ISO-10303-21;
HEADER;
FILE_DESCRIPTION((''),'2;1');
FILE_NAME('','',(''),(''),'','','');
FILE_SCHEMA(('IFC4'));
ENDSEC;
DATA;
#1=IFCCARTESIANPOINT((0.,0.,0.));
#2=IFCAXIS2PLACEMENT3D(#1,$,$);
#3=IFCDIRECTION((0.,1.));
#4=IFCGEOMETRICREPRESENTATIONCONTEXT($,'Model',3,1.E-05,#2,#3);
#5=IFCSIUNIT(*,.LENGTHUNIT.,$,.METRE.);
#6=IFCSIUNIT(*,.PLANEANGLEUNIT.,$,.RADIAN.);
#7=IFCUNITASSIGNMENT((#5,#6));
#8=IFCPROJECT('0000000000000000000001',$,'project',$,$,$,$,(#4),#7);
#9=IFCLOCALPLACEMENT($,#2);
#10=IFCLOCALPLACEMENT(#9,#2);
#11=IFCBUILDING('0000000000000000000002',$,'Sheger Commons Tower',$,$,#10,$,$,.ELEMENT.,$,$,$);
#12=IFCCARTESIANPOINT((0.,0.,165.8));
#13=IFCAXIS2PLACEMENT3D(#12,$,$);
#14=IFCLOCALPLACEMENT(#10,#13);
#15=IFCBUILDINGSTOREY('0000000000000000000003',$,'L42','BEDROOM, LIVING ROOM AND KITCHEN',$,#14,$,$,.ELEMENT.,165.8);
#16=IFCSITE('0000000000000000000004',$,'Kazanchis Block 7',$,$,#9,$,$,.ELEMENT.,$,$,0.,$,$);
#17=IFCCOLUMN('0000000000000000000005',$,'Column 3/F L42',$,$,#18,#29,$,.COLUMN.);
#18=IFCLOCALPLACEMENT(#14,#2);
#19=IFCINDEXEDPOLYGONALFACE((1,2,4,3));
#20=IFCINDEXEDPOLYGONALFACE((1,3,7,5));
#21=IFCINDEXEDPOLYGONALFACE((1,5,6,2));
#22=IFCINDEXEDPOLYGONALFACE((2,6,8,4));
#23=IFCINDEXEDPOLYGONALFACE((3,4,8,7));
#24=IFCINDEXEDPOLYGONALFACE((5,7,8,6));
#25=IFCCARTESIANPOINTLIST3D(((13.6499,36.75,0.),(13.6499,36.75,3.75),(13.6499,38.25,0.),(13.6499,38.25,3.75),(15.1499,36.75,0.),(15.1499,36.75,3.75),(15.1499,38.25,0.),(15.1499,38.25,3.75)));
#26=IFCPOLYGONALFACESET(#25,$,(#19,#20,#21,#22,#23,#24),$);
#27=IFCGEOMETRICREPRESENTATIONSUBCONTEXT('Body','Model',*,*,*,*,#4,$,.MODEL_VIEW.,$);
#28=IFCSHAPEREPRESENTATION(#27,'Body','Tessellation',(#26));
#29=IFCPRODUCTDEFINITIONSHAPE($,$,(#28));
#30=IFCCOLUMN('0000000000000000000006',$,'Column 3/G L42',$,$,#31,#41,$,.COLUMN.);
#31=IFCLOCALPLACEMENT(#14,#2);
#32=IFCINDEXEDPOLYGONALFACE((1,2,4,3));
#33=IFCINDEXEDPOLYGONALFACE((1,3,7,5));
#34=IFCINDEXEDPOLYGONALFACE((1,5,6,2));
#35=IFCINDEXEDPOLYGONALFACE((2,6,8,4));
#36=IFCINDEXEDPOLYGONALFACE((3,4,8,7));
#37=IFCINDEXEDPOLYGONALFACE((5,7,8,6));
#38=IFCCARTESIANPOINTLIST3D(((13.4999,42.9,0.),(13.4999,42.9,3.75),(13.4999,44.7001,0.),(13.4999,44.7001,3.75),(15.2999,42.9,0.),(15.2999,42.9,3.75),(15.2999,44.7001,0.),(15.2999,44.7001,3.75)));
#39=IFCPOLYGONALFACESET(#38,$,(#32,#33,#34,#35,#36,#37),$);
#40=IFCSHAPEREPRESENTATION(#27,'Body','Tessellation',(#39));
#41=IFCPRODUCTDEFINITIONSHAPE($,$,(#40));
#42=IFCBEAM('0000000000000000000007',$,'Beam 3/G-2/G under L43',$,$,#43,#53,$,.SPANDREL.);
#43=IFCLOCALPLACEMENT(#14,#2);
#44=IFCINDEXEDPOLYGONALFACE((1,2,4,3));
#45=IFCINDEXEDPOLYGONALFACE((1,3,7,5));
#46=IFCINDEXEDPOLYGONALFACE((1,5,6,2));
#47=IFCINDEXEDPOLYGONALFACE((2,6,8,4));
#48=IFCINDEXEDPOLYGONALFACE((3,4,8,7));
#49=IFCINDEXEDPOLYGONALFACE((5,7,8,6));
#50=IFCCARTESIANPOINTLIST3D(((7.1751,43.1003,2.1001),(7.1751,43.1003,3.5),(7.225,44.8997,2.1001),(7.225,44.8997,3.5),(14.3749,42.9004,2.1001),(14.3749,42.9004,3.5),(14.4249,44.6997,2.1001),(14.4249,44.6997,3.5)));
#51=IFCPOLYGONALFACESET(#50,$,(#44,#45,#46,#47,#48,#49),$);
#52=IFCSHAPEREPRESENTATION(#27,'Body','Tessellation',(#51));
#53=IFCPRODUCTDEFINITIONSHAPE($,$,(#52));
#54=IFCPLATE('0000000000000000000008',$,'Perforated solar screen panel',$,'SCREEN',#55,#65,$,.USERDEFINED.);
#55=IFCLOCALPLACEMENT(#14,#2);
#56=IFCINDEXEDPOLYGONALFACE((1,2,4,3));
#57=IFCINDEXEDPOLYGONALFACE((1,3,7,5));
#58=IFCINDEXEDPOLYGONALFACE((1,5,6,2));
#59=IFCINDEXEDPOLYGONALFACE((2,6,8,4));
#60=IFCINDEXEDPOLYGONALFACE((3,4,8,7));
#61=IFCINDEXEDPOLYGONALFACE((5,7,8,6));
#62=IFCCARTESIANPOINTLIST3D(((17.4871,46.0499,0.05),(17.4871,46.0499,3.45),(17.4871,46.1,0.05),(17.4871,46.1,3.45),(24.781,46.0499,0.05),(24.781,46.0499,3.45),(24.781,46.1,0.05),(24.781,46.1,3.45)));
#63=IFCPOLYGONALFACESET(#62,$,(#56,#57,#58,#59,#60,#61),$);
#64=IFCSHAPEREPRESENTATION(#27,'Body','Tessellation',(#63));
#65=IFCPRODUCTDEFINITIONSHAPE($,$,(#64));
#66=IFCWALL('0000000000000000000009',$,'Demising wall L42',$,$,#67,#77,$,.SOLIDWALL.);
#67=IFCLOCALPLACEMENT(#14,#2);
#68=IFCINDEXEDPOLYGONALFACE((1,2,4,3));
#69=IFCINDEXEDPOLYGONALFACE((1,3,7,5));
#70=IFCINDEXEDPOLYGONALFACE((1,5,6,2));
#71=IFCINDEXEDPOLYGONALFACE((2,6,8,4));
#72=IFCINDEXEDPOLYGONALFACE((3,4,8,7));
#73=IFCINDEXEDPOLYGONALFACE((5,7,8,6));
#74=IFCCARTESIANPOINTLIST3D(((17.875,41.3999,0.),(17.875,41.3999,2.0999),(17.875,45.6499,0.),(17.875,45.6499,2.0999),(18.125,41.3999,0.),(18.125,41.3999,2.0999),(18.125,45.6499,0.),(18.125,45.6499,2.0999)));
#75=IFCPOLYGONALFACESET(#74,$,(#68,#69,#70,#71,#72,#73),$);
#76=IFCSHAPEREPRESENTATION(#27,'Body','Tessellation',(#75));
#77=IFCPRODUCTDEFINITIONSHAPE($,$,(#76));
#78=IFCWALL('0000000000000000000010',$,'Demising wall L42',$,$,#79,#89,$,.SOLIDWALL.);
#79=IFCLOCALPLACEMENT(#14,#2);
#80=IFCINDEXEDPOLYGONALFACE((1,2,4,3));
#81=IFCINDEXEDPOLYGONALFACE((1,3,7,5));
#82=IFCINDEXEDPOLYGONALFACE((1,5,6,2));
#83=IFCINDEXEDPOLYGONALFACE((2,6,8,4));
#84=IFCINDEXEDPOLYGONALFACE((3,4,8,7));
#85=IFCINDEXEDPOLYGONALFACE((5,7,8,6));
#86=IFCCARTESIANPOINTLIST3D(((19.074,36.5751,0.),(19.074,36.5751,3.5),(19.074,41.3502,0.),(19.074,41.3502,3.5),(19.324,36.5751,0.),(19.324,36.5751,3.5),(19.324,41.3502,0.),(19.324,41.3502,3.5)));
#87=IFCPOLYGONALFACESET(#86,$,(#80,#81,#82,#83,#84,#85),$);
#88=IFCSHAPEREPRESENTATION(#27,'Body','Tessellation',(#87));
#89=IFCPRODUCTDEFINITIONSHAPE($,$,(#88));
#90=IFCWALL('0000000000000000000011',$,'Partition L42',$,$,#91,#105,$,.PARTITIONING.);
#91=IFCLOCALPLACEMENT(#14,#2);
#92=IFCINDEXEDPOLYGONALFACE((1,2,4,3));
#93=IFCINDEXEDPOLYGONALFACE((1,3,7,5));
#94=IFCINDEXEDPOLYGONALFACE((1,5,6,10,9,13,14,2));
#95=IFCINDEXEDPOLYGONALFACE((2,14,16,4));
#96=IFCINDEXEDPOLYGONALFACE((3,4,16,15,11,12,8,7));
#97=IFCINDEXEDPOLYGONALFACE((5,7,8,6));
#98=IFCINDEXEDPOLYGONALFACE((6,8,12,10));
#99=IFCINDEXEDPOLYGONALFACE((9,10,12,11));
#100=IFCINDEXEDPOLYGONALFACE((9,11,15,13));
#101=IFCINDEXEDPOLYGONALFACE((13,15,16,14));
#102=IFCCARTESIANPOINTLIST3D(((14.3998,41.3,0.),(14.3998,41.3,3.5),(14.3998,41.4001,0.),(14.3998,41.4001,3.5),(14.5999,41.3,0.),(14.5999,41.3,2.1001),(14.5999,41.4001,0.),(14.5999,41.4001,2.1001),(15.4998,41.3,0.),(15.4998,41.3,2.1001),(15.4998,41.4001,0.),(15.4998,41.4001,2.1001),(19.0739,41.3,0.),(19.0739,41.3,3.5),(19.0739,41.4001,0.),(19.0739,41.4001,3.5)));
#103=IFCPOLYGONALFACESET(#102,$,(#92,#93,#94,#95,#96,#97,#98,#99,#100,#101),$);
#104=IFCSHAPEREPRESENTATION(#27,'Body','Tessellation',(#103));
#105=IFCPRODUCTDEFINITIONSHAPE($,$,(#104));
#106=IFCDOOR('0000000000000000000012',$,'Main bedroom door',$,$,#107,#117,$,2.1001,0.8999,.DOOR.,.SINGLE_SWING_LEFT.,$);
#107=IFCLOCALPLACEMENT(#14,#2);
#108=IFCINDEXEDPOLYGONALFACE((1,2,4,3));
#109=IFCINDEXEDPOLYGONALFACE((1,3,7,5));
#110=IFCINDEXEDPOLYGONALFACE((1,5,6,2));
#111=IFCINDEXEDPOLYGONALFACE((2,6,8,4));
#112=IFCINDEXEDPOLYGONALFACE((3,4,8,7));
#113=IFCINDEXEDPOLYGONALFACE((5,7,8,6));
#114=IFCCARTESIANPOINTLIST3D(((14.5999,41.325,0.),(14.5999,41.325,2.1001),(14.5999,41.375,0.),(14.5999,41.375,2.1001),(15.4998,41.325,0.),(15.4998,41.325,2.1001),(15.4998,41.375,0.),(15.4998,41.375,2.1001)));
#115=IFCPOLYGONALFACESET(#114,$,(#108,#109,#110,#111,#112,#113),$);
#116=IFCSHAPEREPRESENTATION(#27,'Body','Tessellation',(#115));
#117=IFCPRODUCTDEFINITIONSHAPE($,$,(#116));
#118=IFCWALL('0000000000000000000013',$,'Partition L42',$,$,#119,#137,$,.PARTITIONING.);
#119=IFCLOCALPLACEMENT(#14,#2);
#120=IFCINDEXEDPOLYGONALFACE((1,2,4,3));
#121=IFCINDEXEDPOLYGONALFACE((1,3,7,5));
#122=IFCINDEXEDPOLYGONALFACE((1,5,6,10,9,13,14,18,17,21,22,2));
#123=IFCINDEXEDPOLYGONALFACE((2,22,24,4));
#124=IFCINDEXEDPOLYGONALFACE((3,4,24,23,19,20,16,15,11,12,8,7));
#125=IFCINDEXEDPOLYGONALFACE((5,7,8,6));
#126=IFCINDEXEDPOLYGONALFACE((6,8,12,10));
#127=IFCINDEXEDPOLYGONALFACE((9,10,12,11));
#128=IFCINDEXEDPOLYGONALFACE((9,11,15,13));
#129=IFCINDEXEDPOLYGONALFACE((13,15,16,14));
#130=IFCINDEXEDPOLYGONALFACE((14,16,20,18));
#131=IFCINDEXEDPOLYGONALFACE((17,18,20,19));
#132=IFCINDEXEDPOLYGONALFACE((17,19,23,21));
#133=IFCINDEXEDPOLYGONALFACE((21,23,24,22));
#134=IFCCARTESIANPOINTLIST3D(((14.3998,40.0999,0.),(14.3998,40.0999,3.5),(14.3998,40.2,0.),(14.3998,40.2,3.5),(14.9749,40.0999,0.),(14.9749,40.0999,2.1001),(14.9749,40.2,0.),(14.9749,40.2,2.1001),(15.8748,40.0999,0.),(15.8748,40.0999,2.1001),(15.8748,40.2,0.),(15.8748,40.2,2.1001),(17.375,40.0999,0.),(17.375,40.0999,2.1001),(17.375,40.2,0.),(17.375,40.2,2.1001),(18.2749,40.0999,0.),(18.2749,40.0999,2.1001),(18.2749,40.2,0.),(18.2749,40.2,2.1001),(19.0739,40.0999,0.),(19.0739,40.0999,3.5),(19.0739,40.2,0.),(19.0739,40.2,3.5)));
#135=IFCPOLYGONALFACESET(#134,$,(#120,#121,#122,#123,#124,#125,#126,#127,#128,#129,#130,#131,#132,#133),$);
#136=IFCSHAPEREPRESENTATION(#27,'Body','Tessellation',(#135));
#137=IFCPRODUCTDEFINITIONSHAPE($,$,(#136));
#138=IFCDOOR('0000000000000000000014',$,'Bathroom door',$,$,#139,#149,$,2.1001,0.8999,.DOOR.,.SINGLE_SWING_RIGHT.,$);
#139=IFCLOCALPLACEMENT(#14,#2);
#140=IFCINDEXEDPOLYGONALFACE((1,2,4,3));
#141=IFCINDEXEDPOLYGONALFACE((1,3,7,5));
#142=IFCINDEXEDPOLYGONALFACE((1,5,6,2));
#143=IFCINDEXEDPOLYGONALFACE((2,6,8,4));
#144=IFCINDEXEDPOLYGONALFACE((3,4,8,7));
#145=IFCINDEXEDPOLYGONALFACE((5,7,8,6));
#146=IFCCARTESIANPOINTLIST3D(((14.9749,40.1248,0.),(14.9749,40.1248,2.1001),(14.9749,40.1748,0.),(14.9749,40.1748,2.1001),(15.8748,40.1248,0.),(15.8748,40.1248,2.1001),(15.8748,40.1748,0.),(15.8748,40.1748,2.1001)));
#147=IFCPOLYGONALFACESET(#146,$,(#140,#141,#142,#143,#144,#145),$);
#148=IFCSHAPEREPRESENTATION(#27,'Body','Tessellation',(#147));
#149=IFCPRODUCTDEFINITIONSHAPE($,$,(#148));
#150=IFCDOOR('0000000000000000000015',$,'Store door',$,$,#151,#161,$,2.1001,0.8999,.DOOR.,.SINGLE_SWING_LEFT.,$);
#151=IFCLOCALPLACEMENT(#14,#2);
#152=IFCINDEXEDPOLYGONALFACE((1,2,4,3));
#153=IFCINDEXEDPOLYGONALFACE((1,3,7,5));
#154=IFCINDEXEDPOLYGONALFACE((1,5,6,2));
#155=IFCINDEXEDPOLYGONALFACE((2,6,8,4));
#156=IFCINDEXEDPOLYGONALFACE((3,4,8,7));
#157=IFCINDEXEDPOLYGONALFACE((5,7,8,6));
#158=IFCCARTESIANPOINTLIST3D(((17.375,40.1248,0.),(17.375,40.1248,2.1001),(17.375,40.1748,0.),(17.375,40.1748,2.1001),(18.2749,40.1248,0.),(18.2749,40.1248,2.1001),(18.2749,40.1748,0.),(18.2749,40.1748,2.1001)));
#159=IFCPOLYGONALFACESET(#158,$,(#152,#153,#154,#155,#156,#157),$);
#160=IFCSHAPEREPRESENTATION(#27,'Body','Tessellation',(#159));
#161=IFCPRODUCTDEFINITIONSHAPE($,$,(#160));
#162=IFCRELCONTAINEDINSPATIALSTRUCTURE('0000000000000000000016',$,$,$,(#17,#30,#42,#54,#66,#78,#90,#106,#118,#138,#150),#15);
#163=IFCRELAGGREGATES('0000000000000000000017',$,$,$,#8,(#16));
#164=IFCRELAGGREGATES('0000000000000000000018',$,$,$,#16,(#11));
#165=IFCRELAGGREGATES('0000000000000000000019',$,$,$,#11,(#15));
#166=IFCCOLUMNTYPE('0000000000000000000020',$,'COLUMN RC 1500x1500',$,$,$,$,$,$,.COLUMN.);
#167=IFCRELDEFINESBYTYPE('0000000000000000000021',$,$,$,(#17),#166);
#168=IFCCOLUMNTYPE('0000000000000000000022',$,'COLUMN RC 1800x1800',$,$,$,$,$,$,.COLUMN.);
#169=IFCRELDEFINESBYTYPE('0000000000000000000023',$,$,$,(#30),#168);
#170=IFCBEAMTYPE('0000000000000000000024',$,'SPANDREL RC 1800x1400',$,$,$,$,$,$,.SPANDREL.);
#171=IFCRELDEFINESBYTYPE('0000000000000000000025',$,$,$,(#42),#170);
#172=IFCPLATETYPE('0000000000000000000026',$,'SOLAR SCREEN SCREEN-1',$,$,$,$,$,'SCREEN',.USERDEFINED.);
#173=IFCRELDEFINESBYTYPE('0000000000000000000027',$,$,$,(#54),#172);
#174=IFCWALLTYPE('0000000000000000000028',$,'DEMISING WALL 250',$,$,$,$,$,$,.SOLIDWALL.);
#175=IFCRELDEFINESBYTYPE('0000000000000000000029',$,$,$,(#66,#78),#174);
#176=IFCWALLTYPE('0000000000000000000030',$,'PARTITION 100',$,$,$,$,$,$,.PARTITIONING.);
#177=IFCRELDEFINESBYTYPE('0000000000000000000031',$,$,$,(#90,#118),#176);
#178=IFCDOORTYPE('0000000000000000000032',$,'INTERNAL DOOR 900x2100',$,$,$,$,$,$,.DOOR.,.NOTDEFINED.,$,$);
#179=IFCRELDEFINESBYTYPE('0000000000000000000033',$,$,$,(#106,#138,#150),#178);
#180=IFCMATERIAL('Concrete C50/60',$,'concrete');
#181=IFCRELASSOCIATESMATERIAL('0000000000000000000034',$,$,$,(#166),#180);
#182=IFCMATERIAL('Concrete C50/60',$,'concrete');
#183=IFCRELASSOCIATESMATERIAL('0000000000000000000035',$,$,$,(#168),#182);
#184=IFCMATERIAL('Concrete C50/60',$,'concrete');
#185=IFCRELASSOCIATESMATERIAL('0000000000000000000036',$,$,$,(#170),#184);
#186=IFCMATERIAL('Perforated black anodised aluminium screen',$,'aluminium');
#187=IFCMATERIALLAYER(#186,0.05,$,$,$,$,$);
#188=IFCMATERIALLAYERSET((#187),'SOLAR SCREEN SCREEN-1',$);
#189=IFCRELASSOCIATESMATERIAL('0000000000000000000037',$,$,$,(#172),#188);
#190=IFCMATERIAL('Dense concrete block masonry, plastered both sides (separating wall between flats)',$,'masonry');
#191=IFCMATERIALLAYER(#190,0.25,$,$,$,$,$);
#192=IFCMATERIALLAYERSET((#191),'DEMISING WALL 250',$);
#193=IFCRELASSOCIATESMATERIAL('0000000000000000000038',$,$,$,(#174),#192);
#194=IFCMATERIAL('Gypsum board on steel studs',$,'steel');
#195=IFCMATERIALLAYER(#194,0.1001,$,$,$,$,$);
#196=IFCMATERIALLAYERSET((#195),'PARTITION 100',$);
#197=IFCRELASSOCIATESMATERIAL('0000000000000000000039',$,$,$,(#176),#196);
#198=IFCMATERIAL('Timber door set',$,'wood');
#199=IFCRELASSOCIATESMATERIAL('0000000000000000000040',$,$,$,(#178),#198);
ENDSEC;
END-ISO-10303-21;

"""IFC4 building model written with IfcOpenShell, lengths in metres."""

from ifc_helpers import new_model, si_unit, direction, frame, frame_2d, origin, origin_2d, place, context, subcontext, project, spatial, rectangle, extrude, material, layer, layer_set, material_profile, profile_set, type_object, element, fill, save


model = new_model("IFC4")

# Units and contexts
model_context = context("Model", 3, precision=1e-05, world=origin(), true_north=direction((0.0, 1.0)))
body_context = subcontext(model_context, "Body", "Model", "MODEL_VIEW")
ifc_project = project(units=[si_unit("LENGTHUNIT", "METRE"), si_unit("PLANEANGLEUNIT", "RADIAN")], contexts=[model_context])

# Site, building, storey
site_placement = place(None, origin())
site = spatial("IfcSite", under=ifc_project, at=site_placement, Name="Kazanchis Block 7", CompositionType="ELEMENT", RefElevation=0.0)
building_placement = place(site_placement, origin())
building = spatial("IfcBuilding", under=site, at=building_placement, Name="Sheger Commons Tower", CompositionType="ELEMENT")
storey_placement = place(building_placement, frame((0.0, 0.0, 165.8)))
storey = spatial("IfcBuildingStorey", under=building, at=storey_placement, Name="L42", Description="BEDROOM, LIVING ROOM AND KITCHEN", CompositionType="ELEMENT", Elevation=165.8)

# Columns
ifc_material_1 = material(Name="Concrete C50/60", Category="concrete")
ifc_material_profile_1 = material_profile(ifc_material_1, rectangle(XDim=1.5, YDim=1.5, at=origin_2d()), Name="RC 1500x1500")
ifc_profile_set_1 = profile_set([ifc_material_profile_1], Name="Concrete C50/60")
column_type_1 = type_object("IfcColumnType", Name="COLUMN RC 1500x1500", PredefinedType="COLUMN", material=ifc_profile_set_1)
column_1_placement = place(storey_placement, frame((14.3999, 37.5, 0.0), z_axis=(0.0, 0.0, 1.0), x_axis=(1.0, 0.0, 0.0)))
element("IfcColumn", 1, at=column_1_placement, inside=storey, type_object=column_type_1, Name="Column 3/F L42", PredefinedType="COLUMN", context=body_context, shape_type="SweptSolid", body=[
    extrude(rectangle(XDim=1.5, YDim=1.5, at=origin_2d()), origin(), (0.0, 0.0, 1.0), 3.75),
])
ifc_material_2 = material(Name="Concrete C50/60", Category="concrete")
ifc_material_profile_2 = material_profile(ifc_material_2, rectangle(XDim=1.8, YDim=1.8, at=origin_2d()), Name="RC 1800x1800")
ifc_profile_set_2 = profile_set([ifc_material_profile_2], Name="Concrete C50/60")
column_type_2 = type_object("IfcColumnType", Name="COLUMN RC 1800x1800", PredefinedType="COLUMN", material=ifc_profile_set_2)
column_2_placement = place(storey_placement, frame((14.3999, 43.8, 0.0), z_axis=(0.0, 0.0, 1.0), x_axis=(1.0, 0.0, 0.0)))
element("IfcColumn", 2, at=column_2_placement, inside=storey, type_object=column_type_2, Name="Column 3/G L42", PredefinedType="COLUMN", context=body_context, shape_type="SweptSolid", body=[
    extrude(rectangle(XDim=1.8, YDim=1.8, at=origin_2d()), origin(), (0.0, 0.0, 1.0), 3.75),
])

# Beam
ifc_material_3 = material(Name="Concrete C50/60", Category="concrete")
ifc_material_profile_3 = material_profile(ifc_material_3, rectangle(XDim=1.8, YDim=1.3999, at=origin_2d()), Name="RC 1800x1400")
ifc_profile_set_3 = profile_set([ifc_material_profile_3], Name="Concrete C50/60")
beam_type = type_object("IfcBeamType", Name="SPANDREL RC 1800x1400", PredefinedType="SPANDREL", material=ifc_profile_set_3)
beam_placement = place(storey_placement, frame((14.3999, 43.8, 2.8), z_axis=(-0.999615, 0.02776, 0.0), x_axis=(-0.02776, -0.999615, 0.0)))
element("IfcBeam", 3, at=beam_placement, inside=storey, type_object=beam_type, Name="Beam 3/G-2/G under L43", PredefinedType="SPANDREL", context=body_context, shape_type="SweptSolid", body=[
    extrude(rectangle(XDim=1.8, YDim=1.3999, at=origin_2d()), origin(), (0.0, 0.0, 1.0), 7.2026),
])

# Plate
ifc_material_4 = material(Name="Perforated black anodised aluminium screen", Category="aluminium")
ifc_layer_1 = layer(ifc_material_4, 0.05)
ifc_layer_set_1 = layer_set([ifc_layer_1], Name="SOLAR SCREEN SCREEN-1")
plate_type = type_object("IfcPlateType", Name="SOLAR SCREEN SCREEN-1", ElementType="SCREEN", PredefinedType="USERDEFINED", material=ifc_layer_set_1)
plate_placement = place(storey_placement, frame((21.134, 46.075, 0.05), z_axis=(0.0, 0.0, 1.0), x_axis=(-1.0, 0.0, 0.0)))
element("IfcPlate", 4, at=plate_placement, inside=storey, type_object=plate_type, Name="Perforated solar screen panel", ObjectType="SCREEN", PredefinedType="USERDEFINED", context=body_context, shape_type="SweptSolid", body=[
    extrude(rectangle(XDim=7.2939, YDim=0.05, at=origin_2d()), origin(), (0.0, 0.0, 1.0), 3.3999),
])

# Walls
ifc_material_5 = material(Name="Dense concrete block masonry, plastered both sides (separating wall between flats)", Category="masonry")
ifc_layer_2 = layer(ifc_material_5, 0.25)
ifc_layer_set_2 = layer_set([ifc_layer_2], Name="DEMISING WALL 250")
wall_type_1 = type_object("IfcWallType", Name="DEMISING WALL 250", PredefinedType="SOLIDWALL", material=ifc_layer_set_2)
wall_1_placement = place(storey_placement, frame((18.0, 41.3999, 0.0), z_axis=(0.0, 0.0, 1.0), x_axis=(0.0, 1.0, 0.0)))
element("IfcWall", 5, at=wall_1_placement, inside=storey, type_object=wall_type_1, Name="Demising wall L42", PredefinedType="SOLIDWALL", context=body_context, shape_type="SweptSolid", body=[
    extrude(rectangle(XDim=4.25, YDim=0.25, at=frame_2d((2.125, 0.0))), origin(), (0.0, 0.0, 1.0), 2.0999),
])
wall_2_placement = place(storey_placement, frame((19.199, 36.575, 0.0), z_axis=(0.0, 0.0, 1.0), x_axis=(0.0, 1.0, 0.0)))
element("IfcWall", 6, at=wall_2_placement, inside=storey, type_object=wall_type_1, Name="Demising wall L42", PredefinedType="SOLIDWALL", context=body_context, shape_type="SweptSolid", body=[
    extrude(rectangle(XDim=4.7751, YDim=0.25, at=frame_2d((2.3877, 0.0))), origin(), (0.0, 0.0, 1.0), 3.5),
])

# Wall, opening, door
ifc_material_6 = material(Name="Gypsum board on steel studs", Category="steel")
ifc_layer_3 = layer(ifc_material_6, 0.1001)
ifc_layer_set_3 = layer_set([ifc_layer_3], Name="PARTITION 100")
wall_type_2 = type_object("IfcWallType", Name="PARTITION 100", PredefinedType="PARTITIONING", material=ifc_layer_set_3)
wall_3_placement = place(storey_placement, frame((14.3999, 41.3501, 0.0), z_axis=(0.0, 0.0, 1.0), x_axis=(1.0, 0.0, 0.0)))
wall_3 = element("IfcWall", 7, at=wall_3_placement, inside=storey, type_object=wall_type_2, Name="Partition L42", PredefinedType="PARTITIONING", context=body_context, shape_type="SweptSolid", body=[
    extrude(rectangle(XDim=4.6741, YDim=0.1001, at=frame_2d((2.3369, 0.0))), origin(), (0.0, 0.0, 1.0), 3.5),
])
opening_1_placement = place(wall_3_placement, frame((0.2, 0.0, 0.0)))
opening_1 = element("IfcOpeningElement", 8, at=opening_1_placement, cuts=wall_3, PredefinedType="OPENING", context=body_context, shape_type="SweptSolid", body=[
    extrude(rectangle(XDim=0.8999, YDim=2.1001, at=frame_2d((0.45, 1.05))), frame((0.0, 0.0601, 0.0), z_axis=(0.0, -1.0, 0.0), x_axis=(1.0, 0.0, 0.0)), (0.0, 0.0, 1.0), 0.1201),
])
ifc_material_7 = material(Name="Timber door set", Category="wood")
door_type = type_object("IfcDoorType", Name="INTERNAL DOOR 900x2100", OperationType="NOTDEFINED", PredefinedType="DOOR", material=ifc_material_7)
door_1_placement = place(opening_1_placement, origin())
door_1 = element("IfcDoor", 9, at=door_1_placement, inside=storey, type_object=door_type, Name="Main bedroom door", OperationType="SINGLE_SWING_LEFT", OverallHeight=2.1001, OverallWidth=0.8999, PredefinedType="DOOR", context=body_context, shape_type="SweptSolid", body=[
    extrude(rectangle(XDim=0.8999, YDim=2.1001, at=frame_2d((0.45, 1.05))), frame((0.0, 0.0249, 0.0), z_axis=(0.0, -1.0, 0.0), x_axis=(1.0, 0.0, 0.0)), (0.0, 0.0, 1.0), 0.05),
])
fill(opening_1, door_1)

# Wall, openings, doors
wall_4_placement = place(storey_placement, frame((14.3999, 40.1499, 0.0), z_axis=(0.0, 0.0, 1.0), x_axis=(1.0, 0.0, 0.0)))
wall_4 = element("IfcWall", 10, at=wall_4_placement, inside=storey, type_object=wall_type_2, Name="Partition L42", PredefinedType="PARTITIONING", context=body_context, shape_type="SweptSolid", body=[
    extrude(rectangle(XDim=4.6741, YDim=0.1001, at=frame_2d((2.3369, 0.0))), origin(), (0.0, 0.0, 1.0), 3.5),
])
opening_2_placement = place(wall_4_placement, frame((0.575, 0.0, 0.0)))
opening_2 = element("IfcOpeningElement", 11, at=opening_2_placement, cuts=wall_4, PredefinedType="OPENING", context=body_context, shape_type="SweptSolid", body=[
    extrude(rectangle(XDim=0.8999, YDim=2.1001, at=frame_2d((0.45, 1.05))), frame((0.0, 0.0601, 0.0), z_axis=(0.0, -1.0, 0.0), x_axis=(1.0, 0.0, 0.0)), (0.0, 0.0, 1.0), 0.1201),
])
opening_3_placement = place(wall_4_placement, frame((2.9751, 0.0, 0.0)))
opening_3 = element("IfcOpeningElement", 12, at=opening_3_placement, cuts=wall_4, PredefinedType="OPENING", context=body_context, shape_type="SweptSolid", body=[
    extrude(rectangle(XDim=0.8999, YDim=2.1001, at=frame_2d((0.45, 1.05))), frame((0.0, 0.0601, 0.0), z_axis=(0.0, -1.0, 0.0), x_axis=(1.0, 0.0, 0.0)), (0.0, 0.0, 1.0), 0.1201),
])
door_2_placement = place(opening_2_placement, origin())
door_2 = element("IfcDoor", 13, at=door_2_placement, inside=storey, type_object=door_type, Name="Bathroom door", OperationType="SINGLE_SWING_RIGHT", OverallHeight=2.1001, OverallWidth=0.8999, PredefinedType="DOOR", context=body_context, shape_type="SweptSolid", body=[
    extrude(rectangle(XDim=0.8999, YDim=2.1001, at=frame_2d((0.45, 1.05))), frame((0.0, 0.0249, 0.0), z_axis=(0.0, -1.0, 0.0), x_axis=(1.0, 0.0, 0.0)), (0.0, 0.0, 1.0), 0.05),
])
fill(opening_2, door_2)
door_3_placement = place(opening_3_placement, origin())
door_3 = element("IfcDoor", 14, at=door_3_placement, inside=storey, type_object=door_type, Name="Store door", OperationType="SINGLE_SWING_LEFT", OverallHeight=2.1001, OverallWidth=0.8999, PredefinedType="DOOR", context=body_context, shape_type="SweptSolid", body=[
    extrude(rectangle(XDim=0.8999, YDim=2.1001, at=frame_2d((0.45, 1.05))), frame((0.0, 0.0249, 0.0), z_axis=(0.0, -1.0, 0.0), x_axis=(1.0, 0.0, 0.0)), (0.0, 0.0, 1.0), 0.05),
])
fill(opening_3, door_3)

save(model, "model.ifc")
